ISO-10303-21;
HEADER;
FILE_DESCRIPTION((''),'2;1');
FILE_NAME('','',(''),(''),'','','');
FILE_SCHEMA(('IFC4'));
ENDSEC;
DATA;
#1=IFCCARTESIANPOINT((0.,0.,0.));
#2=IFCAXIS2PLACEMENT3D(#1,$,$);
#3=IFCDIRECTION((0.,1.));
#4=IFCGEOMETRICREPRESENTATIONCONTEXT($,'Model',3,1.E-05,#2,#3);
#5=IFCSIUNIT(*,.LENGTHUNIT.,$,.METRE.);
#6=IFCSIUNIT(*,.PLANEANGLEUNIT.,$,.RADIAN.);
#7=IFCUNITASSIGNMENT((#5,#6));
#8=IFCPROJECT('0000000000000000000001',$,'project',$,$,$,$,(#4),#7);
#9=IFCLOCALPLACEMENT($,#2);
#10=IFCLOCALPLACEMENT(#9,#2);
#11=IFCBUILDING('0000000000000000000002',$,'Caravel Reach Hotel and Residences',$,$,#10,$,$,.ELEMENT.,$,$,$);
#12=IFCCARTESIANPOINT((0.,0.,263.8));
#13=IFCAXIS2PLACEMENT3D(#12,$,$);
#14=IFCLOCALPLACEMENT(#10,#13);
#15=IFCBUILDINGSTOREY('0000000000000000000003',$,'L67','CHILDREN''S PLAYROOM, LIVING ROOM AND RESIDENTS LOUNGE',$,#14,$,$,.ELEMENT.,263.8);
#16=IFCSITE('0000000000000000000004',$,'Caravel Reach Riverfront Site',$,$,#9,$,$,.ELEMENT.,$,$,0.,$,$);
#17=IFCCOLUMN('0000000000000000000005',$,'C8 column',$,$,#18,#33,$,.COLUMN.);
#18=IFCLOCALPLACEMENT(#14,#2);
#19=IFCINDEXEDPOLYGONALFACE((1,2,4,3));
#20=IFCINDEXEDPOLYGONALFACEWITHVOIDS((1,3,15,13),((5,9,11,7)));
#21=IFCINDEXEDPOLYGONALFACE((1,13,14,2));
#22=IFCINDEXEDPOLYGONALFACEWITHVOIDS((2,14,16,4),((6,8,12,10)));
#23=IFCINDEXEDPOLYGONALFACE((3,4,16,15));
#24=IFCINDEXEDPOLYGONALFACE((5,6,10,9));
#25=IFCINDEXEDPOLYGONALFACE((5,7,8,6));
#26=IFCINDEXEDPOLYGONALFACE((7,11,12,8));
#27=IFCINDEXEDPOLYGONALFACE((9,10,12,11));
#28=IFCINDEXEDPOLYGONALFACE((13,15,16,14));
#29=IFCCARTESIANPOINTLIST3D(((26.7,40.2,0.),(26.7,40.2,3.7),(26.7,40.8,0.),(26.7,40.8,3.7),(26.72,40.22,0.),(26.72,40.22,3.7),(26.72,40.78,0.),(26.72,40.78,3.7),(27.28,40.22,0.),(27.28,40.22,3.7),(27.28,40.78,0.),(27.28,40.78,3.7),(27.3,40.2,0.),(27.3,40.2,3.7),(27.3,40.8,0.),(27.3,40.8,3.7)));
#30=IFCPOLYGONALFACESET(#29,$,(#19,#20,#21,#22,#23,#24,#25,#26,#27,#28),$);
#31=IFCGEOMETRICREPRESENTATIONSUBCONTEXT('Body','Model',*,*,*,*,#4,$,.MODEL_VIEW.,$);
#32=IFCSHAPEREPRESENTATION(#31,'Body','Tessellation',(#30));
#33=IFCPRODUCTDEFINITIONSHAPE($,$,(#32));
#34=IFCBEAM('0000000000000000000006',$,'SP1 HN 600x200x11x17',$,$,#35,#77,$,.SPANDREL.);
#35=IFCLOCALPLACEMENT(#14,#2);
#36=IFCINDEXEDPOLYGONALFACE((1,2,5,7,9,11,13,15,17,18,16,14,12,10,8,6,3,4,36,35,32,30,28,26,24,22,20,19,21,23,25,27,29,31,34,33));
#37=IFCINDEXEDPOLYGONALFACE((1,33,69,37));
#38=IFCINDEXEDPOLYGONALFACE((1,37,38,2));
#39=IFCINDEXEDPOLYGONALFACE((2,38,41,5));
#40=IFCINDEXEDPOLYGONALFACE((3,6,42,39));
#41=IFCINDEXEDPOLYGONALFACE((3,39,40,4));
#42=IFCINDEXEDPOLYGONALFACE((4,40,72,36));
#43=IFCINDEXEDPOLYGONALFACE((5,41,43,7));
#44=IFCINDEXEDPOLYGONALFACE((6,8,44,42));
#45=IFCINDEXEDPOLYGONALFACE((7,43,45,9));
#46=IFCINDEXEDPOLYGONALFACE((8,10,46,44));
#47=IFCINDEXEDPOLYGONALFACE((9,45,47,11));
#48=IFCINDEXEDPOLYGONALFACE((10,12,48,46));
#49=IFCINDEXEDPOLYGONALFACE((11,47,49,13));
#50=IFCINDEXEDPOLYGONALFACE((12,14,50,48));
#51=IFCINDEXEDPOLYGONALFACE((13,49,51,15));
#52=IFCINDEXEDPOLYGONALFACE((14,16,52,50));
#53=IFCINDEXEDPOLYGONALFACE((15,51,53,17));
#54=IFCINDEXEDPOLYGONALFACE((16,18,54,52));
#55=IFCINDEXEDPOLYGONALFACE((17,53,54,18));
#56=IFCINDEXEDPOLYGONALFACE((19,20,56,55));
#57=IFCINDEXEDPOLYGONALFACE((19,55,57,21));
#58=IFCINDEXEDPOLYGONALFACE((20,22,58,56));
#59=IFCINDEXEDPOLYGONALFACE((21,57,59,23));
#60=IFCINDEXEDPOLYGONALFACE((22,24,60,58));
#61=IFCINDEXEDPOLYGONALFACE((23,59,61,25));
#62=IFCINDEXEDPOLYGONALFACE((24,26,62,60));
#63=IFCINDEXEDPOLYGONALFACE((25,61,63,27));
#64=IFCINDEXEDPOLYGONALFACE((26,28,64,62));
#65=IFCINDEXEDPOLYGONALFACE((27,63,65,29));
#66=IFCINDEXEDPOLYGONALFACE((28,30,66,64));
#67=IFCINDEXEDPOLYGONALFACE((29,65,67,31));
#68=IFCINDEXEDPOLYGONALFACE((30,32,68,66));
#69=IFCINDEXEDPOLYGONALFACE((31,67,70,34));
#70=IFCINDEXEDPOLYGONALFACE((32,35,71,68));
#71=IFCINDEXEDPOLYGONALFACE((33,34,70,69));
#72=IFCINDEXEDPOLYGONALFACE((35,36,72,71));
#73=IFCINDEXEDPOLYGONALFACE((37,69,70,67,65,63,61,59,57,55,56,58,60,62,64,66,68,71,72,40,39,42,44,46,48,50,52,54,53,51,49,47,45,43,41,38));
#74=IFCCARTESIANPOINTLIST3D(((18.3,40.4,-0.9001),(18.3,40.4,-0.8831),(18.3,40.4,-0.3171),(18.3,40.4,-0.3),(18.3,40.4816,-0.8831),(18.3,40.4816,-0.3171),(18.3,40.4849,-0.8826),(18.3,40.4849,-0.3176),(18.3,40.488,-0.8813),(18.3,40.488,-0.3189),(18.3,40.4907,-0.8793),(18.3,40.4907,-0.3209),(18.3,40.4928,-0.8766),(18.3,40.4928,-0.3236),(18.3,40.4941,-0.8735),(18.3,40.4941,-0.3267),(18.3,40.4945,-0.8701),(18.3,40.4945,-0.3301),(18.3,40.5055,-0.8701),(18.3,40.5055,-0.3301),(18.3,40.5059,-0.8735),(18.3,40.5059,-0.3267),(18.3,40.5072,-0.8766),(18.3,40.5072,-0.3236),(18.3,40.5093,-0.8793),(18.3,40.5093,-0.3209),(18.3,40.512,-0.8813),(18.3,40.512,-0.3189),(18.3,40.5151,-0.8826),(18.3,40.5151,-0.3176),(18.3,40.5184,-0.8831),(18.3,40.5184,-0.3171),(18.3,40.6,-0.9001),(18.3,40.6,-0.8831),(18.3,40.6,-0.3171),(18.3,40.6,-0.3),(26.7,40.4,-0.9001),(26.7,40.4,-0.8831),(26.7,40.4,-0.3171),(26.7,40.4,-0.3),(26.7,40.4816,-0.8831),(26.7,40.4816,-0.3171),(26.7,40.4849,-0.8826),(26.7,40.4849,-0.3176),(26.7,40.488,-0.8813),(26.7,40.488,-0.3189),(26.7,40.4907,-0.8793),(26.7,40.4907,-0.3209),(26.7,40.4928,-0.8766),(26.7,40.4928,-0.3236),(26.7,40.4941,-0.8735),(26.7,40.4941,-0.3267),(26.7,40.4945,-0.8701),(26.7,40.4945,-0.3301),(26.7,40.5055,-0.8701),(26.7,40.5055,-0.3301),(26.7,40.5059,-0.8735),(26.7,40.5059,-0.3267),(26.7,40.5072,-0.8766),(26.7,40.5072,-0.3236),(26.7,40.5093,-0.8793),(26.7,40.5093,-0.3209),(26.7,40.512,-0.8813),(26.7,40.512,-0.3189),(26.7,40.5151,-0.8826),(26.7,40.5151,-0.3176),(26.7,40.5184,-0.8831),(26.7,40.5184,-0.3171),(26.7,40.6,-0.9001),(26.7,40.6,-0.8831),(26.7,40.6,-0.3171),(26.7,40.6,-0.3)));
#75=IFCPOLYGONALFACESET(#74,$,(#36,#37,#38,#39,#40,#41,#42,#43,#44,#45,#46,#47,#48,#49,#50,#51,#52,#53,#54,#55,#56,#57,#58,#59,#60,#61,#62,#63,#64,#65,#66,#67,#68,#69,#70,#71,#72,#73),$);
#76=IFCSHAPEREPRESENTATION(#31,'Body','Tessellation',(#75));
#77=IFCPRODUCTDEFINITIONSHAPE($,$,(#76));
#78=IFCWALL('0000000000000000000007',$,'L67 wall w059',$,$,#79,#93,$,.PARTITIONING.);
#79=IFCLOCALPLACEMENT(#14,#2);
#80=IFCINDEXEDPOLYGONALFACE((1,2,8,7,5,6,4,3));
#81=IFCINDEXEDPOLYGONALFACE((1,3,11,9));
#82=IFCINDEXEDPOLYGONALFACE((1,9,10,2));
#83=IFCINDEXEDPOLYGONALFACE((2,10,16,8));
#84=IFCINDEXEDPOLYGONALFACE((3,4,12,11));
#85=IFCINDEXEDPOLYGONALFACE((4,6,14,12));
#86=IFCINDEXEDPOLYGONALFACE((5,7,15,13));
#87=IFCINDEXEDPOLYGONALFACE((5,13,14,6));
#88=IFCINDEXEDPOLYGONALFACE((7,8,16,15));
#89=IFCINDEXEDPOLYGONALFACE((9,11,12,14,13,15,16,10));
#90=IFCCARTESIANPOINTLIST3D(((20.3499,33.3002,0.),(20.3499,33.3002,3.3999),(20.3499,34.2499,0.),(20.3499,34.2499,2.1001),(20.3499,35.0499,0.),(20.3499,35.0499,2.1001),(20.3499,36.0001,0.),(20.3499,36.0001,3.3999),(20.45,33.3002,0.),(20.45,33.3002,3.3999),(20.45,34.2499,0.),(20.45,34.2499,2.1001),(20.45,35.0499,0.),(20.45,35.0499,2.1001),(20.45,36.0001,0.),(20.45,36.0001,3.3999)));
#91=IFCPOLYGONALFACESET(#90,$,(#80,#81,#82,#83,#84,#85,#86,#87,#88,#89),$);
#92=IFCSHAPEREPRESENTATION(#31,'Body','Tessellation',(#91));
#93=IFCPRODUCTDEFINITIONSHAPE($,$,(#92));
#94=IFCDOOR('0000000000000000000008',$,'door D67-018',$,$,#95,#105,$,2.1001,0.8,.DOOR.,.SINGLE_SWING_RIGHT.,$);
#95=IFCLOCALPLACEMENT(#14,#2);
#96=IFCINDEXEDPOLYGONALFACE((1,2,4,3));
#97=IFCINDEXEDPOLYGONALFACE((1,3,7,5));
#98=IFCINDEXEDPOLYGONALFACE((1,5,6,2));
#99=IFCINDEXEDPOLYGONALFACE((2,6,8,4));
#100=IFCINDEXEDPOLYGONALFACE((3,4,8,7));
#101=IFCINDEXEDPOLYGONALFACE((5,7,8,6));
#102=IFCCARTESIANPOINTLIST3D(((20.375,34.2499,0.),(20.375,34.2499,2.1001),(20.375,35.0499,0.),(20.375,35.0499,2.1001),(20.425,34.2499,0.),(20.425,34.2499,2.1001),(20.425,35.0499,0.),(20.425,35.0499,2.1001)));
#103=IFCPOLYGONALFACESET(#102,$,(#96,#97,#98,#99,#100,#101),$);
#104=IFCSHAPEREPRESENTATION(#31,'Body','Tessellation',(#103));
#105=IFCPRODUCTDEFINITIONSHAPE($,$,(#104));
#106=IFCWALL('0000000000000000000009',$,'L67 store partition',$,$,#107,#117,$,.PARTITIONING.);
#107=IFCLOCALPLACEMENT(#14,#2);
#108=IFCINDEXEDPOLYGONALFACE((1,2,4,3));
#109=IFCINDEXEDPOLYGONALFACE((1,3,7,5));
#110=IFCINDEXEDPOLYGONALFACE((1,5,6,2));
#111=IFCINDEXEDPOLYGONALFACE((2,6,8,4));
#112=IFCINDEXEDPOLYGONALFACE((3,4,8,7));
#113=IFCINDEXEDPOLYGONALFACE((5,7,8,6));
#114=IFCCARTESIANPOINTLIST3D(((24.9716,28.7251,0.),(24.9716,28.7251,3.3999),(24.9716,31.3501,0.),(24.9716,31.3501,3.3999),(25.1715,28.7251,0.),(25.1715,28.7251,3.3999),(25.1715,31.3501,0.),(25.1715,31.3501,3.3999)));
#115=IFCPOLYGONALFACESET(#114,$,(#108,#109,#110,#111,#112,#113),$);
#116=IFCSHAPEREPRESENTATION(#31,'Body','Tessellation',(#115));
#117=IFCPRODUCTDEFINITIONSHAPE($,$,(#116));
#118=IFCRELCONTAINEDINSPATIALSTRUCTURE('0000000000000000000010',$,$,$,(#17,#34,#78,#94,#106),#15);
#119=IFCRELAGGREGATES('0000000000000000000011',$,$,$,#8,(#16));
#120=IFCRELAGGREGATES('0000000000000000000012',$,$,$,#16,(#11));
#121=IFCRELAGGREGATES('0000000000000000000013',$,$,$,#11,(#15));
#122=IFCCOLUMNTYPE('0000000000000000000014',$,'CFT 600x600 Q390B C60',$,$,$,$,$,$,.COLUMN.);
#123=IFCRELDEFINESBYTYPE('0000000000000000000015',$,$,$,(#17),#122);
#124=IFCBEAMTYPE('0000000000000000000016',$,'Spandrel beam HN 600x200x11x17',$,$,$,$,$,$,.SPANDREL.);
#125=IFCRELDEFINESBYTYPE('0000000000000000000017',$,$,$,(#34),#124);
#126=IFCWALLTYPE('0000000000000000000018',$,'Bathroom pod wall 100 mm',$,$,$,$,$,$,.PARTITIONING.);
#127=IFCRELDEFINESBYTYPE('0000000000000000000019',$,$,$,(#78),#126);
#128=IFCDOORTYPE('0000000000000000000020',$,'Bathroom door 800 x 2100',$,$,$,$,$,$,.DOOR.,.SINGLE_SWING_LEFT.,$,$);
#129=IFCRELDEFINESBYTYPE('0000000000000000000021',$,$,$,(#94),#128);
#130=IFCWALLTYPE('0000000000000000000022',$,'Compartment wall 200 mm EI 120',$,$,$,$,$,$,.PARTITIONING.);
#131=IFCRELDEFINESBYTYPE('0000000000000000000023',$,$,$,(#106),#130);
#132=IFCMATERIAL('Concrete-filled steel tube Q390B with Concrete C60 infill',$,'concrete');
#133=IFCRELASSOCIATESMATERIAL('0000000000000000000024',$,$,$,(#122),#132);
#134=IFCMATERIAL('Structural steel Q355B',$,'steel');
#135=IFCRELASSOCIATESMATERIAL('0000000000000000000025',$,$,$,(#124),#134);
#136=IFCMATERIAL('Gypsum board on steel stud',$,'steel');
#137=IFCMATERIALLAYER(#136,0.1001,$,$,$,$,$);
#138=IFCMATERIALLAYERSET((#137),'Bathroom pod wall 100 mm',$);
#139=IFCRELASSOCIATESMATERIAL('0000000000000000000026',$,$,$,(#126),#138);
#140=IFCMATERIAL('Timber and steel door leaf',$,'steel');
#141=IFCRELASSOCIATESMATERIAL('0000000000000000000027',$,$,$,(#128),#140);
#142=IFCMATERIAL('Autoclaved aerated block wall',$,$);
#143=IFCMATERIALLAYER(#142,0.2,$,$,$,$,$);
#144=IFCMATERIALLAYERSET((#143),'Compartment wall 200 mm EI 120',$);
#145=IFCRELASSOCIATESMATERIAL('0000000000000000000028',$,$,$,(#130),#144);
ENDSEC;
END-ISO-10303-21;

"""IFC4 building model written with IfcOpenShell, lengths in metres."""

from ifc_helpers import new_model, si_unit, direction, frame, frame_2d, origin, origin_2d, place, context, subcontext, project, spatial, rectangle, hollow_rectangle, i_section, extrude, material, layer, layer_set, material_profile, profile_set, type_object, element, fill, save


model = new_model("IFC4")

# Units and contexts
model_context = context("Model", 3, precision=1e-05, world=origin(), true_north=direction((0.0, 1.0)))
body_context = subcontext(model_context, "Body", "Model", "MODEL_VIEW")
ifc_project = project(units=[si_unit("LENGTHUNIT", "METRE"), si_unit("PLANEANGLEUNIT", "RADIAN")], contexts=[model_context])

# Site, building, storey
site_placement = place(None, origin())
site = spatial("IfcSite", under=ifc_project, at=site_placement, Name="Caravel Reach Riverfront Site", CompositionType="ELEMENT", RefElevation=0.0)
building_placement = place(site_placement, origin())
building = spatial("IfcBuilding", under=site, at=building_placement, Name="Caravel Reach Hotel and Residences", CompositionType="ELEMENT")
storey_placement = place(building_placement, frame((0.0, 0.0, 263.8)))
storey = spatial("IfcBuildingStorey", under=building, at=storey_placement, Name="L67", Description="CHILDREN'S PLAYROOM, LIVING ROOM AND RESIDENTS LOUNGE", CompositionType="ELEMENT", Elevation=263.8)

# Column
ifc_material_1 = material(Name="Concrete-filled steel tube Q390B with Concrete C60 infill", Category="concrete")
ifc_material_profile_1 = material_profile(ifc_material_1, hollow_rectangle(XDim=0.6001, YDim=0.6001, WallThickness=0.02, at=origin_2d()), Name="RHS 600x600x20")
ifc_profile_set_1 = profile_set([ifc_material_profile_1], Name="Concrete-filled steel tube Q390B with Concrete C60 infill")
column_type = type_object("IfcColumnType", Name="CFT 600x600 Q390B C60", PredefinedType="COLUMN", material=ifc_profile_set_1)
column_placement = place(storey_placement, frame((27.0, 40.5, 0.0), z_axis=(0.0, 0.0, 1.0), x_axis=(1.0, 0.0, 0.0)))
element("IfcColumn", 1, at=column_placement, inside=storey, type_object=column_type, Name="C8 column", PredefinedType="COLUMN", context=body_context, shape_type="SweptSolid", body=[
    extrude(hollow_rectangle(XDim=0.6001, YDim=0.6001, WallThickness=0.02, at=origin_2d()), origin(), (0.0, 0.0, 1.0), 3.7),
])

# Beam
ifc_material_2 = material(Name="Structural steel Q355B", Category="steel")
ifc_material_profile_2 = material_profile(ifc_material_2, i_section(OverallWidth=0.2, OverallDepth=0.6001, WebThickness=0.011, FlangeThickness=0.0171, FilletRadius=0.0129, at=origin_2d()), Name="HN 600x200x11x17")
ifc_profile_set_2 = profile_set([ifc_material_profile_2], Name="Structural steel Q355B")
beam_type = type_object("IfcBeamType", Name="Spandrel beam HN 600x200x11x17", PredefinedType="SPANDREL", material=ifc_profile_set_2)
beam_placement = place(storey_placement, frame((26.7, 40.5, -0.6001), z_axis=(-1.0, 0.0, 0.0), x_axis=(0.0, -1.0, 0.0)))
element("IfcBeam", 2, at=beam_placement, inside=storey, type_object=beam_type, Name="SP1 HN 600x200x11x17", PredefinedType="SPANDREL", context=body_context, shape_type="SweptSolid", body=[
    extrude(i_section(OverallWidth=0.2, OverallDepth=0.6001, WebThickness=0.011, FlangeThickness=0.0171, FilletRadius=0.0129, at=origin_2d()), origin(), (0.0, 0.0, 1.0), 8.3999),
])

# Wall, opening, door
ifc_material_3 = material(Name="Gypsum board on steel stud", Category="steel")
ifc_layer_1 = layer(ifc_material_3, 0.1001)
ifc_layer_set_1 = layer_set([ifc_layer_1], Name="Bathroom pod wall 100 mm")
wall_type_1 = type_object("IfcWallType", Name="Bathroom pod wall 100 mm", PredefinedType="PARTITIONING", material=ifc_layer_set_1)
wall_1_placement = place(storey_placement, frame((20.3999, 33.3, 0.0), z_axis=(0.0, 0.0, 1.0), x_axis=(0.0, 1.0, 0.0)))
wall_1 = element("IfcWall", 3, at=wall_1_placement, inside=storey, type_object=wall_type_1, Name="L67 wall w059", PredefinedType="PARTITIONING", context=body_context, shape_type="SweptSolid", body=[
    extrude(rectangle(XDim=2.7, YDim=0.1001, at=frame_2d((1.3501, 0.0))), origin(), (0.0, 0.0, 1.0), 3.3999),
])
opening_1_placement = place(wall_1_placement, frame((0.95, 0.0, 0.0)))
opening_1 = element("IfcOpeningElement", 4, at=opening_1_placement, cuts=wall_1, PredefinedType="OPENING", context=body_context, shape_type="SweptSolid", body=[
    extrude(rectangle(XDim=0.8, YDim=2.1001, at=frame_2d((0.3999, 1.05))), frame((0.0, 0.0601, 0.0), z_axis=(0.0, -1.0, 0.0), x_axis=(1.0, 0.0, 0.0)), (0.0, 0.0, 1.0), 0.1201),
])
ifc_material_4 = material(Name="Timber and steel door leaf", Category="steel")
door_type_1 = type_object("IfcDoorType", Name="Bathroom door 800 x 2100", OperationType="SINGLE_SWING_LEFT", PredefinedType="DOOR", material=ifc_material_4)
door_1_placement = place(opening_1_placement, origin())
door_1 = element("IfcDoor", 5, at=door_1_placement, inside=storey, type_object=door_type_1, Name="door D67-018", OperationType="SINGLE_SWING_RIGHT", OverallHeight=2.1001, OverallWidth=0.8, PredefinedType="DOOR", context=body_context, shape_type="SweptSolid", body=[
    extrude(rectangle(XDim=0.8, YDim=2.1001, at=frame_2d((0.3999, 1.05))), frame((0.0, 0.0249, 0.0), z_axis=(0.0, -1.0, 0.0), x_axis=(1.0, 0.0, 0.0)), (0.0, 0.0, 1.0), 0.05),
])
fill(opening_1, door_1)

# Wall
ifc_material_5 = material(Name="Autoclaved aerated block wall")
ifc_layer_2 = layer(ifc_material_5, 0.2)
ifc_layer_set_2 = layer_set([ifc_layer_2], Name="Compartment wall 200 mm EI 120")
wall_type_2 = type_object("IfcWallType", Name="Compartment wall 200 mm EI 120", PredefinedType="PARTITIONING", material=ifc_layer_set_2)
wall_2_placement = place(storey_placement, frame((25.0715, 28.7251, 0.0), z_axis=(0.0, 0.0, 1.0), x_axis=(0.0, 1.0, 0.0)))
element("IfcWall", 6, at=wall_2_placement, inside=storey, type_object=wall_type_2, Name="L67 store partition", PredefinedType="PARTITIONING", context=body_context, shape_type="SweptSolid", body=[
    extrude(rectangle(XDim=2.625, YDim=0.2, at=frame_2d((1.3125, 0.0))), origin(), (0.0, 0.0, 1.0), 3.3999),
])

save(model, "model.ifc")
